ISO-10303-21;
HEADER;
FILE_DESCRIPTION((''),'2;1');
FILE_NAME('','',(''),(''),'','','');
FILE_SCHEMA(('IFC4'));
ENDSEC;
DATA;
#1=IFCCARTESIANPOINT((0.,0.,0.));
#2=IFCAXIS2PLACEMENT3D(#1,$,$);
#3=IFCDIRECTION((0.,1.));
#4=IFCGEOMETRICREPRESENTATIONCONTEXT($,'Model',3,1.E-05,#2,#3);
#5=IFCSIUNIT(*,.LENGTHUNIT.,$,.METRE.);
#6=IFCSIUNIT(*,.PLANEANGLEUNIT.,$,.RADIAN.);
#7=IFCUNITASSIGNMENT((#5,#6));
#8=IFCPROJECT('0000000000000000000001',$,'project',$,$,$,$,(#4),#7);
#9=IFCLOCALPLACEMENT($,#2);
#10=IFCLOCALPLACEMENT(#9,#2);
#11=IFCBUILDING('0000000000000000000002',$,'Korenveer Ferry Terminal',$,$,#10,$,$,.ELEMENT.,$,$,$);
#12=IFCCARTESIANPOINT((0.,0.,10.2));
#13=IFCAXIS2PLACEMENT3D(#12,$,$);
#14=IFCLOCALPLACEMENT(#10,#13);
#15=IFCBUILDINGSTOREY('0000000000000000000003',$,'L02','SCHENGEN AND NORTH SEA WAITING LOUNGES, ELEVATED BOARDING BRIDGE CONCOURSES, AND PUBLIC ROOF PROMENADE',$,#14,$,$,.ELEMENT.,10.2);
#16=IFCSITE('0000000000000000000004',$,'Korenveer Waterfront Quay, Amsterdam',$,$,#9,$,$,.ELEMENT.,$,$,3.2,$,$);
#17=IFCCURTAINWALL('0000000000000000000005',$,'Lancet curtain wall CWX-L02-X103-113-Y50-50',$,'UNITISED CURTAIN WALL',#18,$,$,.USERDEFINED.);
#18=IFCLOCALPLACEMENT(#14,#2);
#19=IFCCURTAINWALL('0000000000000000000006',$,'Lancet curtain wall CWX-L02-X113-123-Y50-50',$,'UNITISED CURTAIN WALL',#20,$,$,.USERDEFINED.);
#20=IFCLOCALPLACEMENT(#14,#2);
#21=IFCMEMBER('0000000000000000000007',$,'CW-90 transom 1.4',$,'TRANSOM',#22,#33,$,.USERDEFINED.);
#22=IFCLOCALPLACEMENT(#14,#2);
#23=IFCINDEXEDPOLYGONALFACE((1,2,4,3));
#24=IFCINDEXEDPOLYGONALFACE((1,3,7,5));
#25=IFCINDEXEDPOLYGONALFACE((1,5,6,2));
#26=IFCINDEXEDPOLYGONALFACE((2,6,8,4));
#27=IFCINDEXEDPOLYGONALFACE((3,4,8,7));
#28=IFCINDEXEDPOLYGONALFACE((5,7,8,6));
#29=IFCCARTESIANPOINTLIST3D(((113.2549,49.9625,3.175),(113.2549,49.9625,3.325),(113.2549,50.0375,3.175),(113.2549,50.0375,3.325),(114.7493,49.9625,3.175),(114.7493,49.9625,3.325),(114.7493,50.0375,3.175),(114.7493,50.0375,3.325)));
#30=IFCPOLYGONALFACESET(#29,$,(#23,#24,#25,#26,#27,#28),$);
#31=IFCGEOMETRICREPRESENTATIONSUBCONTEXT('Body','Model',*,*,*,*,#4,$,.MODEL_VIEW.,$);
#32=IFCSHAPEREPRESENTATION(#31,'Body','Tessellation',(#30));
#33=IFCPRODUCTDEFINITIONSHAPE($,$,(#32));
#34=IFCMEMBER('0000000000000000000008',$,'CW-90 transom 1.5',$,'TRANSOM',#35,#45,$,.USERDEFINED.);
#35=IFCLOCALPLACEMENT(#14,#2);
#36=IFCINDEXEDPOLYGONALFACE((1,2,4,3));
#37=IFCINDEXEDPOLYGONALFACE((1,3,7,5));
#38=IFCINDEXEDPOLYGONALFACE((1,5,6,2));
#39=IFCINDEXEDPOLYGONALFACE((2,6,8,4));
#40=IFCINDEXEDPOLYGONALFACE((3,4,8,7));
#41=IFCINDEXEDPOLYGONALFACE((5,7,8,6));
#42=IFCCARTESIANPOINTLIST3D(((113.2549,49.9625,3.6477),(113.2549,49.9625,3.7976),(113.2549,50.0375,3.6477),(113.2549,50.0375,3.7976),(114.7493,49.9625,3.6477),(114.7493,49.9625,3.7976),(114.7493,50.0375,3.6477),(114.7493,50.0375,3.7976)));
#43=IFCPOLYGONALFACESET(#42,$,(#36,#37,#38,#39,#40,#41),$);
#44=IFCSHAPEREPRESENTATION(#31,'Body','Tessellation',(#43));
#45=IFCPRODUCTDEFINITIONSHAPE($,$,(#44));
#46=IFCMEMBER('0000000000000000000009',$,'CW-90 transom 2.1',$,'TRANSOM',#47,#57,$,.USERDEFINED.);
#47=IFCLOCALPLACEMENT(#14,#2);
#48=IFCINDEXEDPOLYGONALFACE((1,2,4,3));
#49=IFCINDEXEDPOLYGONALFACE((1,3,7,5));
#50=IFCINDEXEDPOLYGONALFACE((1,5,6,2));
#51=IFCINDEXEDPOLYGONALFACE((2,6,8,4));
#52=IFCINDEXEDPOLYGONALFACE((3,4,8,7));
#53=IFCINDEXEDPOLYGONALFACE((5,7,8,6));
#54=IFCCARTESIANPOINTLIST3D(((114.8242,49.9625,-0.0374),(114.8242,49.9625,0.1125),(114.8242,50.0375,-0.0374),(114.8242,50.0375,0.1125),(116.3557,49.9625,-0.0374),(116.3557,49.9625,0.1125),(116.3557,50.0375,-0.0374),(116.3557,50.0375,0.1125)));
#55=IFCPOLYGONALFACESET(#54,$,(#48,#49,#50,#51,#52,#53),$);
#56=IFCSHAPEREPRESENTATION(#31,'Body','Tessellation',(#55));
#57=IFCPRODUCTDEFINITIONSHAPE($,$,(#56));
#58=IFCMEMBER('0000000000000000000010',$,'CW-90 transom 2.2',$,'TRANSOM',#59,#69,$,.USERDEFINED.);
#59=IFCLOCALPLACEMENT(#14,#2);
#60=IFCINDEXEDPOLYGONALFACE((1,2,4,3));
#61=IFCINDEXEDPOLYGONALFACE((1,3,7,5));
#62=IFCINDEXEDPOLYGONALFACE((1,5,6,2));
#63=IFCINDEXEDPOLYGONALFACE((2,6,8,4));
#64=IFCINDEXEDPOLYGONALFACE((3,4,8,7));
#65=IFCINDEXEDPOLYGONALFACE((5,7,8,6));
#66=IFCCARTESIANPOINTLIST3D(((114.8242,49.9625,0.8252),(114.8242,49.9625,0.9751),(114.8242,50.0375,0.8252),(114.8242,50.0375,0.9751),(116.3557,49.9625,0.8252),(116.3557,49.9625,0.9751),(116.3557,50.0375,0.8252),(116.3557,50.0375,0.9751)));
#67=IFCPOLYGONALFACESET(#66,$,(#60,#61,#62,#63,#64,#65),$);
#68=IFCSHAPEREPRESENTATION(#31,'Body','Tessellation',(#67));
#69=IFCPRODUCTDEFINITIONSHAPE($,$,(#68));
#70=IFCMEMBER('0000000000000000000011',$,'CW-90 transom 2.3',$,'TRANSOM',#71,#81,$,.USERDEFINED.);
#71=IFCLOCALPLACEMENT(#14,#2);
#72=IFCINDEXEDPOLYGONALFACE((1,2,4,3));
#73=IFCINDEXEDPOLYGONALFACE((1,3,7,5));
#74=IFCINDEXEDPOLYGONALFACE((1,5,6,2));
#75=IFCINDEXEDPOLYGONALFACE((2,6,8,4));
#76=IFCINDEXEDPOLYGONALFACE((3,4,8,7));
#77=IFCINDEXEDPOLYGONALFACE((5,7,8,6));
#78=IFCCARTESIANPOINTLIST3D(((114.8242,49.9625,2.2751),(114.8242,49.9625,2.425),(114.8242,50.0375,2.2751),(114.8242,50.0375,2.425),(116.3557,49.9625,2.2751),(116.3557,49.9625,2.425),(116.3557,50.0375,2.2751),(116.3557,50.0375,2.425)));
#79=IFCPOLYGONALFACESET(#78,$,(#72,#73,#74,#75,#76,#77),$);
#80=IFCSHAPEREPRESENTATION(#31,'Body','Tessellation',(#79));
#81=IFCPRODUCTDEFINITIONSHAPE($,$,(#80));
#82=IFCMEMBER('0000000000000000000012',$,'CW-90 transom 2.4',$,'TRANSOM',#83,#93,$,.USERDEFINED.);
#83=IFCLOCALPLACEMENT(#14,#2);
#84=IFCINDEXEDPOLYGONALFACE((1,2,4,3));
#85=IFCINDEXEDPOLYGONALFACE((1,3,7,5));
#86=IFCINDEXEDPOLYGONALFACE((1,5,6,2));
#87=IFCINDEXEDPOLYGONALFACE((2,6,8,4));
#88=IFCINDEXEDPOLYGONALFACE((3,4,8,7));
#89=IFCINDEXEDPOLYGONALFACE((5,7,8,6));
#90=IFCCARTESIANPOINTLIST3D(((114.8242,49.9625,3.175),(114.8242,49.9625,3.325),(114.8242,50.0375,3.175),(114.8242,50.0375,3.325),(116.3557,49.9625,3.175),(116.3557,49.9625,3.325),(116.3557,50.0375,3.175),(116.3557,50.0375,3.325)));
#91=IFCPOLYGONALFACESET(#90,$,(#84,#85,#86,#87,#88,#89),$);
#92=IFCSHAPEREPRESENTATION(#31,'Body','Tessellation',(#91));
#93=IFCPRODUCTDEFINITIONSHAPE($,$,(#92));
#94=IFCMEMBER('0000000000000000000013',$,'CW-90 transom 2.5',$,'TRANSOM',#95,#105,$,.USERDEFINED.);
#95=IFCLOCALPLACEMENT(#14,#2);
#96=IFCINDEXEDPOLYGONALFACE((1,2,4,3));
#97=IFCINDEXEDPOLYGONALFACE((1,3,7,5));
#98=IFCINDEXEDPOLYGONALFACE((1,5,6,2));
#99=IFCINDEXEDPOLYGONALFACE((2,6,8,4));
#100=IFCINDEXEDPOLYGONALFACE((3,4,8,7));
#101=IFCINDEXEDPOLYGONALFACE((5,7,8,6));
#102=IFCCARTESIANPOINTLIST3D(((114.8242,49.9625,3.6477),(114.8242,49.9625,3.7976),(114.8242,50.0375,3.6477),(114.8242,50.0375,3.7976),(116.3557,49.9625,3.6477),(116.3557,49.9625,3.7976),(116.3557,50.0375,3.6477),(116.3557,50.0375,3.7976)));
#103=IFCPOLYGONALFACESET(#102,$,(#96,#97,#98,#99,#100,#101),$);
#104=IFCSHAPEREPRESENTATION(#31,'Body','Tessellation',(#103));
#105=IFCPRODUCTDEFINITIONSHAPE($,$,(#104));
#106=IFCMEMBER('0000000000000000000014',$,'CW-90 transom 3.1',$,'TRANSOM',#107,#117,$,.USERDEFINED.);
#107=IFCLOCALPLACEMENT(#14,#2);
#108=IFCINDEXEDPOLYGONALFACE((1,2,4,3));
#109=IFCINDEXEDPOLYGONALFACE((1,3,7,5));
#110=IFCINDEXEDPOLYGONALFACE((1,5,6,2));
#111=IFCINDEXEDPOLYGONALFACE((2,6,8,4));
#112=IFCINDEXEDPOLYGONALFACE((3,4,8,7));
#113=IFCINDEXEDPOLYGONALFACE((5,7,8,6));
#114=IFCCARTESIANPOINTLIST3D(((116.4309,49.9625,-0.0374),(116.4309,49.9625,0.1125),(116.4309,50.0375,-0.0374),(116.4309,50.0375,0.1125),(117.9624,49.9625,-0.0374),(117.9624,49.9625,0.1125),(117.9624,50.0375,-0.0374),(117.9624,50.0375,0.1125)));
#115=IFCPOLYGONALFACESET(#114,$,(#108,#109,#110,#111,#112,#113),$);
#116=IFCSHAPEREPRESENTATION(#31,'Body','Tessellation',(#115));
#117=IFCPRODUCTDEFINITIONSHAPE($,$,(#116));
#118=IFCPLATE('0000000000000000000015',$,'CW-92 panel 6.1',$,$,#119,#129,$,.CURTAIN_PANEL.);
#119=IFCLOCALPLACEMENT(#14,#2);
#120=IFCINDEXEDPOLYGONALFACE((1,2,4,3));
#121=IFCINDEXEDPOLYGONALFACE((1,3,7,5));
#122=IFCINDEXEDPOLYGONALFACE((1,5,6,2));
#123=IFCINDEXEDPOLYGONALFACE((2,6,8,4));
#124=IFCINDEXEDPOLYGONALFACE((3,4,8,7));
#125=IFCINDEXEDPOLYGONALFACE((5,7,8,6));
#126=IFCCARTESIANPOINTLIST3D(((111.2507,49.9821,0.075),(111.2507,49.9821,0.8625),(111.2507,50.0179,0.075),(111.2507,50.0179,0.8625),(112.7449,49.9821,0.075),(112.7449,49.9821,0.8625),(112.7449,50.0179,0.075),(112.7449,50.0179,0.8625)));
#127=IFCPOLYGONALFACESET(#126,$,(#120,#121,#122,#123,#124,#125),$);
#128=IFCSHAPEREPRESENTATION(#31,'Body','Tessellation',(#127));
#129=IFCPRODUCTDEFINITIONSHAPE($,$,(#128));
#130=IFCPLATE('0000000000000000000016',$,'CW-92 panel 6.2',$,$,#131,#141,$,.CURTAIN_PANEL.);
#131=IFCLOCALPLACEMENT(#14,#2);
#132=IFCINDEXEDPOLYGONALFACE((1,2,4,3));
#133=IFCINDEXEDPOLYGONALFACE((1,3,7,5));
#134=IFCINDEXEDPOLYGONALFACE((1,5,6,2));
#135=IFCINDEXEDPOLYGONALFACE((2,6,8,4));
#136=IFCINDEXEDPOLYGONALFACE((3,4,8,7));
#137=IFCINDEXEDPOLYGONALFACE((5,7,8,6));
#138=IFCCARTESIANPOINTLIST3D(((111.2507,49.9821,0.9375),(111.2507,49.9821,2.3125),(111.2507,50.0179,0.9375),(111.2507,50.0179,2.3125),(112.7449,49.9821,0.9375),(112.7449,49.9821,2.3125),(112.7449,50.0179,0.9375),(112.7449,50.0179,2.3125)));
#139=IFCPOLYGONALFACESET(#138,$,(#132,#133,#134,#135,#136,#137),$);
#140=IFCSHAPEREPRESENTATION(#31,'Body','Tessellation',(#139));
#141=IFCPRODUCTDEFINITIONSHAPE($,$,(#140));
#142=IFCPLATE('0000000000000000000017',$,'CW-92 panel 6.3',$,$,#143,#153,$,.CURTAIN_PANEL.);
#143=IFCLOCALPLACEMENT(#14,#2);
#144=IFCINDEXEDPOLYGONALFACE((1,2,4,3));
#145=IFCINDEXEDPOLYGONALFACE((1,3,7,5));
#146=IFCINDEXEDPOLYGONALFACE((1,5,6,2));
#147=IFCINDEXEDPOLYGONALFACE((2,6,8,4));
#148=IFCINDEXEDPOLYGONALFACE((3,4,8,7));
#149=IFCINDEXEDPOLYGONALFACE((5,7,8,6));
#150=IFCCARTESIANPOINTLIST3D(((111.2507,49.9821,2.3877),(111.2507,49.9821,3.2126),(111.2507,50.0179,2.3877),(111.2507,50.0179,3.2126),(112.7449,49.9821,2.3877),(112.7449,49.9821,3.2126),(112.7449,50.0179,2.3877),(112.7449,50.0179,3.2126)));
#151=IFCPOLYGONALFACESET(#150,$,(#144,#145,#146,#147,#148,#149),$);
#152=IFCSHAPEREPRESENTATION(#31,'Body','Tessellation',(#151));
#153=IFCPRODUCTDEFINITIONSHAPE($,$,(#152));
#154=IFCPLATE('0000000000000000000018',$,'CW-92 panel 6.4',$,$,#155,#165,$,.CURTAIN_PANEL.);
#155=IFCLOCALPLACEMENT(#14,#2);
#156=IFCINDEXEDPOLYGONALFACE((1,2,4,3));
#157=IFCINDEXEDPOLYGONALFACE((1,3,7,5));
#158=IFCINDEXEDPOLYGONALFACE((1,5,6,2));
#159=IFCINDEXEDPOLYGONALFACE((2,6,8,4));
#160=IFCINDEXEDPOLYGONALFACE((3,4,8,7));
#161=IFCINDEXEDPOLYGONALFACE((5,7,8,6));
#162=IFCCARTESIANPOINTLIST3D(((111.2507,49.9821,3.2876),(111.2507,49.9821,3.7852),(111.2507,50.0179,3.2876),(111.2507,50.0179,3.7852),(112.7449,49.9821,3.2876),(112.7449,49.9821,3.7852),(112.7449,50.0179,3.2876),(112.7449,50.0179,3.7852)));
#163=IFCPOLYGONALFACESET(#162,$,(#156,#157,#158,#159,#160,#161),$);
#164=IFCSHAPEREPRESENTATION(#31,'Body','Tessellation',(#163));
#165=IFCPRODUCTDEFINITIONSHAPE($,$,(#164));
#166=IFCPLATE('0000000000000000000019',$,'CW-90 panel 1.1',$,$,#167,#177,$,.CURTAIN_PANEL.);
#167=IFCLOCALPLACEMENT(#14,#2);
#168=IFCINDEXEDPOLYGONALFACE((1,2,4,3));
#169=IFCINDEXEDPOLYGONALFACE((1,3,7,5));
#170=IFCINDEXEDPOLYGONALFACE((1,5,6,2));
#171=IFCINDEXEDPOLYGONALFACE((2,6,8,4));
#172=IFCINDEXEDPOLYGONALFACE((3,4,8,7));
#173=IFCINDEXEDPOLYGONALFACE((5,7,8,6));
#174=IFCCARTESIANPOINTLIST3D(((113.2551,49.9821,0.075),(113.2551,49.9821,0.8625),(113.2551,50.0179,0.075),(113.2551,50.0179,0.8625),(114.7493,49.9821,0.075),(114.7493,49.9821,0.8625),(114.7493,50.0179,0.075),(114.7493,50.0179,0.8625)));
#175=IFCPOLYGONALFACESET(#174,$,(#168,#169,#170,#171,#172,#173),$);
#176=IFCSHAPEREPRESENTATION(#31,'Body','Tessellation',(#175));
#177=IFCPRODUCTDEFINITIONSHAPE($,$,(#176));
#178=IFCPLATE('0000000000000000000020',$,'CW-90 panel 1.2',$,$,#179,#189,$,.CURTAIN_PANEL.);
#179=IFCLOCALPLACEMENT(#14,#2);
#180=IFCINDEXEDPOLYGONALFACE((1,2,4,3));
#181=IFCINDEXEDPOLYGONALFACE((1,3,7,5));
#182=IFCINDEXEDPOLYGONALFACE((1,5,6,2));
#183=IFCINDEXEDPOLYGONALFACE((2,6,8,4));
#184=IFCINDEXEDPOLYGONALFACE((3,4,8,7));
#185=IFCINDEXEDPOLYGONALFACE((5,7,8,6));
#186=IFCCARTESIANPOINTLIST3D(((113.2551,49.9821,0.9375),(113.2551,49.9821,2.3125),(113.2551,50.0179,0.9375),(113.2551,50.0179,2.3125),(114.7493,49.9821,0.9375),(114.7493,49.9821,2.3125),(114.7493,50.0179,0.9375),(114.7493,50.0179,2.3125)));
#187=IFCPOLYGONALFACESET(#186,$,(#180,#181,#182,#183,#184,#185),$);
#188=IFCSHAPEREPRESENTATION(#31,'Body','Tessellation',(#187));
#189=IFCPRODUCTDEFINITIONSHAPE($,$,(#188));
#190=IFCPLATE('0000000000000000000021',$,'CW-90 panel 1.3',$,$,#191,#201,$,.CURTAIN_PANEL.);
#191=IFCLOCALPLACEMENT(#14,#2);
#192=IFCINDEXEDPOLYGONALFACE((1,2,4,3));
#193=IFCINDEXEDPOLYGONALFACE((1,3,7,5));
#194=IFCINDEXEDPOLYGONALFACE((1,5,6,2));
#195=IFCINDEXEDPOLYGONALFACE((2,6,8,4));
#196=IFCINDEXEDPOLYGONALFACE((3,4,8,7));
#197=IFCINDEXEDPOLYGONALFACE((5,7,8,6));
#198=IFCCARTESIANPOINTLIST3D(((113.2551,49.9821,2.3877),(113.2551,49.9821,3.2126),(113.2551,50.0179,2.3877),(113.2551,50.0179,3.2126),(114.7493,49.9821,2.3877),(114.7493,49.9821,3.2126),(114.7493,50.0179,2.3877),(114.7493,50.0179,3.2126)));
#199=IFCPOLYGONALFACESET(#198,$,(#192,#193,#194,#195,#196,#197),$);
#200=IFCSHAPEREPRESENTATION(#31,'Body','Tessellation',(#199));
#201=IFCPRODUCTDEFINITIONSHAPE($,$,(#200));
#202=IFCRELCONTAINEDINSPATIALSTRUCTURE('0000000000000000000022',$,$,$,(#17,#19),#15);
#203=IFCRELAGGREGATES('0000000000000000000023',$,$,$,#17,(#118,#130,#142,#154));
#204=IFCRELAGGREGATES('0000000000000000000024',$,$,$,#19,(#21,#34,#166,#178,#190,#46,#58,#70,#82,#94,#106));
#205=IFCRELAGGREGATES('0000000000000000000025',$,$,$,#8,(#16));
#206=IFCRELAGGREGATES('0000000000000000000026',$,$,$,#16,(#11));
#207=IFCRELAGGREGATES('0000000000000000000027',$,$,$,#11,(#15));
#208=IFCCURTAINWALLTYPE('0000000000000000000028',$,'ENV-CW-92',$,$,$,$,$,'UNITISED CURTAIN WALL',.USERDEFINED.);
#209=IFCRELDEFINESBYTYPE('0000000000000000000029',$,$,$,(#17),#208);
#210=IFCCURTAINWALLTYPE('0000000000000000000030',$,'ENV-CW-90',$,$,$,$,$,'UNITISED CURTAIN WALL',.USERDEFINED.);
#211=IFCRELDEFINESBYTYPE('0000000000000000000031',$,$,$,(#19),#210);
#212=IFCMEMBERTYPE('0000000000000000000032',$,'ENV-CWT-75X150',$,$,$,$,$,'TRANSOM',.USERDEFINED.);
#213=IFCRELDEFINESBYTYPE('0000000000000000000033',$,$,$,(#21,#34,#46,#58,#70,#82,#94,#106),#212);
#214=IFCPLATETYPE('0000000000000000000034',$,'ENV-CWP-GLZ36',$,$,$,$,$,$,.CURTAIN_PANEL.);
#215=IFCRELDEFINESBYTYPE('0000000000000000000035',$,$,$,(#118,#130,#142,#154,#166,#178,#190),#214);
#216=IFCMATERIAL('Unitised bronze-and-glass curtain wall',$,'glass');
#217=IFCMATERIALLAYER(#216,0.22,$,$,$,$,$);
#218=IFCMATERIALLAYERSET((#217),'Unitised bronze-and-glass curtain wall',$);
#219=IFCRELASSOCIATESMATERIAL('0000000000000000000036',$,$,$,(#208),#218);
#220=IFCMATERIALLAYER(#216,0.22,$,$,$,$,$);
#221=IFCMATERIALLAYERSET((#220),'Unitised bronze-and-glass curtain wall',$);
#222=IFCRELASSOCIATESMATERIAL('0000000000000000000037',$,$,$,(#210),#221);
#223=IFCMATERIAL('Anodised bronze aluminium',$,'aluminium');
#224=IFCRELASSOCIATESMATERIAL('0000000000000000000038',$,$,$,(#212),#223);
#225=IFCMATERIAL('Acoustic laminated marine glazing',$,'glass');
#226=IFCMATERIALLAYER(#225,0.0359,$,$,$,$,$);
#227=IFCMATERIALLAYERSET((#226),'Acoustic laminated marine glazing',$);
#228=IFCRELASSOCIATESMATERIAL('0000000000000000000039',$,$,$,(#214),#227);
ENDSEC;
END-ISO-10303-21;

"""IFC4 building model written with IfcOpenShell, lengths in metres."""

from ifc_helpers import new_model, si_unit, direction, frame, origin, origin_2d, place, context, subcontext, project, spatial, rectangle, extrude, material, layer, layer_set, material_profile, profile_set, type_object, element, aggregate, save


model = new_model("IFC4")

# Units and contexts
model_context = context("Model", 3, precision=1e-05, world=origin(), true_north=direction((0.0, 1.0)))
body_context = subcontext(model_context, "Body", "Model", "MODEL_VIEW")
ifc_project = project(units=[si_unit("LENGTHUNIT", "METRE"), si_unit("PLANEANGLEUNIT", "RADIAN")], contexts=[model_context])

# Site, building, storey
site_placement = place(None, origin())
site = spatial("IfcSite", under=ifc_project, at=site_placement, Name="Korenveer Waterfront Quay, Amsterdam", CompositionType="ELEMENT", RefElevation=3.2)
building_placement = place(site_placement, origin())
building = spatial("IfcBuilding", under=site, at=building_placement, Name="Korenveer Ferry Terminal", CompositionType="ELEMENT")
storey_placement = place(building_placement, frame((0.0, 0.0, 10.2)))
storey = spatial("IfcBuildingStorey", under=building, at=storey_placement, Name="L02", Description="SCHENGEN AND NORTH SEA WAITING LOUNGES, ELEVATED BOARDING BRIDGE CONCOURSES, AND PUBLIC ROOF PROMENADE", CompositionType="ELEMENT", Elevation=10.2)

# Curtain wall
ifc_material_1 = material(Name="Unitised bronze-and-glass curtain wall", Category="glass")
ifc_layer_1 = layer(ifc_material_1, 0.22)
ifc_layer_set_1 = layer_set([ifc_layer_1], Name="Unitised bronze-and-glass curtain wall")
curtain_wall_type_1 = type_object("IfcCurtainWallType", Name="ENV-CW-92", ElementType="UNITISED CURTAIN WALL", PredefinedType="USERDEFINED", material=ifc_layer_set_1)
curtain_wall_1_placement = place(storey_placement, frame((103.1799, 50.0, 0.0)))
curtain_wall_1 = element("IfcCurtainWall", 1, at=curtain_wall_1_placement, inside=storey, type_object=curtain_wall_type_1, Name="Lancet curtain wall CWX-L02-X103-113-Y50-50", ObjectType="UNITISED CURTAIN WALL", PredefinedType="USERDEFINED")
ifc_material_2 = material(Name="Anodised bronze aluminium", Category="aluminium")

# Curtain wall
ifc_layer_2 = layer(ifc_material_1, 0.22)
ifc_layer_set_2 = layer_set([ifc_layer_2], Name="Unitised bronze-and-glass curtain wall")
curtain_wall_type_2 = type_object("IfcCurtainWallType", Name="ENV-CW-90", ElementType="UNITISED CURTAIN WALL", PredefinedType="USERDEFINED", material=ifc_layer_set_2)
curtain_wall_2_placement = place(storey_placement, frame((113.1799, 50.0, 0.0)))
curtain_wall_2 = element("IfcCurtainWall", 2, at=curtain_wall_2_placement, inside=storey, type_object=curtain_wall_type_2, Name="Lancet curtain wall CWX-L02-X113-123-Y50-50", ObjectType="UNITISED CURTAIN WALL", PredefinedType="USERDEFINED")

# Members
ifc_material_profile_1 = material_profile(ifc_material_2, rectangle(XDim=0.075, YDim=0.1499, at=origin_2d()), Name="ALU 75x150")
ifc_profile_set_1 = profile_set([ifc_material_profile_1], Name="Anodised bronze aluminium")
member_type_1 = type_object("IfcMemberType", Name="ENV-CWT-75X150", ElementType="TRANSOM", PredefinedType="USERDEFINED", material=ifc_profile_set_1)
member_1_placement = place(storey_placement, frame((113.2549, 50.0, 3.25), z_axis=(1.0, 0.0, 0.0), x_axis=(0.0, 1.0, 0.0)))
member_1 = element("IfcMember", 3, at=member_1_placement, type_object=member_type_1, Name="CW-90 transom 1.4", ObjectType="TRANSOM", PredefinedType="USERDEFINED", context=body_context, shape_type="SweptSolid", body=[
    extrude(rectangle(XDim=0.075, YDim=0.1499, at=origin_2d()), origin(), (0.0, 0.0, 1.0), 1.4944),
])
member_2_placement = place(storey_placement, frame((113.2549, 50.0, 3.7227), z_axis=(1.0, 0.0, 0.0), x_axis=(0.0, 1.0, 0.0)))
member_2 = element("IfcMember", 4, at=member_2_placement, type_object=member_type_1, Name="CW-90 transom 1.5", ObjectType="TRANSOM", PredefinedType="USERDEFINED", context=body_context, shape_type="SweptSolid", body=[
    extrude(rectangle(XDim=0.075, YDim=0.1499, at=origin_2d()), origin(), (0.0, 0.0, 1.0), 1.4944),
])
member_3_placement = place(storey_placement, frame((114.8242, 50.0, 0.0376), z_axis=(1.0, 0.0, 0.0), x_axis=(0.0, 1.0, 0.0)))
member_3 = element("IfcMember", 5, at=member_3_placement, type_object=member_type_1, Name="CW-90 transom 2.1", ObjectType="TRANSOM", PredefinedType="USERDEFINED", context=body_context, shape_type="SweptSolid", body=[
    extrude(rectangle(XDim=0.075, YDim=0.1499, at=origin_2d()), origin(), (0.0, 0.0, 1.0), 1.5315),
])
member_4_placement = place(storey_placement, frame((114.8242, 50.0, 0.9001), z_axis=(1.0, 0.0, 0.0), x_axis=(0.0, 1.0, 0.0)))
member_4 = element("IfcMember", 6, at=member_4_placement, type_object=member_type_1, Name="CW-90 transom 2.2", ObjectType="TRANSOM", PredefinedType="USERDEFINED", context=body_context, shape_type="SweptSolid", body=[
    extrude(rectangle(XDim=0.075, YDim=0.1499, at=origin_2d()), origin(), (0.0, 0.0, 1.0), 1.5315),
])
member_5_placement = place(storey_placement, frame((114.8242, 50.0, 2.3501), z_axis=(1.0, 0.0, 0.0), x_axis=(0.0, 1.0, 0.0)))
member_5 = element("IfcMember", 7, at=member_5_placement, type_object=member_type_1, Name="CW-90 transom 2.3", ObjectType="TRANSOM", PredefinedType="USERDEFINED", context=body_context, shape_type="SweptSolid", body=[
    extrude(rectangle(XDim=0.075, YDim=0.1499, at=origin_2d()), origin(), (0.0, 0.0, 1.0), 1.5315),
])
member_6_placement = place(storey_placement, frame((114.8242, 50.0, 3.25), z_axis=(1.0, 0.0, 0.0), x_axis=(0.0, 1.0, 0.0)))
member_6 = element("IfcMember", 8, at=member_6_placement, type_object=member_type_1, Name="CW-90 transom 2.4", ObjectType="TRANSOM", PredefinedType="USERDEFINED", context=body_context, shape_type="SweptSolid", body=[
    extrude(rectangle(XDim=0.075, YDim=0.1499, at=origin_2d()), origin(), (0.0, 0.0, 1.0), 1.5315),
])
member_7_placement = place(storey_placement, frame((114.8242, 50.0, 3.7227), z_axis=(1.0, 0.0, 0.0), x_axis=(0.0, 1.0, 0.0)))
member_7 = element("IfcMember", 9, at=member_7_placement, type_object=member_type_1, Name="CW-90 transom 2.5", ObjectType="TRANSOM", PredefinedType="USERDEFINED", context=body_context, shape_type="SweptSolid", body=[
    extrude(rectangle(XDim=0.075, YDim=0.1499, at=origin_2d()), origin(), (0.0, 0.0, 1.0), 1.5315),
])
member_8_placement = place(storey_placement, frame((116.4309, 50.0, 0.0376), z_axis=(1.0, 0.0, 0.0), x_axis=(0.0, 1.0, 0.0)))
member_8 = element("IfcMember", 10, at=member_8_placement, type_object=member_type_1, Name="CW-90 transom 3.1", ObjectType="TRANSOM", PredefinedType="USERDEFINED", context=body_context, shape_type="SweptSolid", body=[
    extrude(rectangle(XDim=0.075, YDim=0.1499, at=origin_2d()), origin(), (0.0, 0.0, 1.0), 1.5315),
])

# Plates
ifc_material_3 = material(Name="Acoustic laminated marine glazing", Category="glass")
ifc_layer_3 = layer(ifc_material_3, 0.0359)
ifc_layer_set_3 = layer_set([ifc_layer_3], Name="Acoustic laminated marine glazing")
plate_type = type_object("IfcPlateType", Name="ENV-CWP-GLZ36", PredefinedType="CURTAIN_PANEL", material=ifc_layer_set_3)
plate_1_placement = place(storey_placement, frame((111.9978, 50.0, 0.075), z_axis=(0.0, 0.0, 1.0), x_axis=(1.0, 0.0, 0.0)))
plate_1 = element("IfcPlate", 11, at=plate_1_placement, type_object=plate_type, Name="CW-92 panel 6.1", PredefinedType="CURTAIN_PANEL", context=body_context, shape_type="SweptSolid", body=[
    extrude(rectangle(XDim=1.4941, YDim=0.0359, at=origin_2d()), origin(), (0.0, 0.0, 1.0), 0.7876),
])
plate_2_placement = place(storey_placement, frame((111.9978, 50.0, 0.9375), z_axis=(0.0, 0.0, 1.0), x_axis=(1.0, 0.0, 0.0)))
plate_2 = element("IfcPlate", 12, at=plate_2_placement, type_object=plate_type, Name="CW-92 panel 6.2", PredefinedType="CURTAIN_PANEL", context=body_context, shape_type="SweptSolid", body=[
    extrude(rectangle(XDim=1.4941, YDim=0.0359, at=origin_2d()), origin(), (0.0, 0.0, 1.0), 1.375),
])
plate_3_placement = place(storey_placement, frame((111.9978, 50.0, 2.3877), z_axis=(0.0, 0.0, 1.0), x_axis=(1.0, 0.0, 0.0)))
plate_3 = element("IfcPlate", 13, at=plate_3_placement, type_object=plate_type, Name="CW-92 panel 6.3", PredefinedType="CURTAIN_PANEL", context=body_context, shape_type="SweptSolid", body=[
    extrude(rectangle(XDim=1.4941, YDim=0.0359, at=origin_2d()), origin(), (0.0, 0.0, 1.0), 0.825),
])
plate_4_placement = place(storey_placement, frame((111.9978, 50.0, 3.2876), z_axis=(0.0, 0.0, 1.0), x_axis=(1.0, 0.0, 0.0)))
plate_4 = element("IfcPlate", 14, at=plate_4_placement, type_object=plate_type, Name="CW-92 panel 6.4", PredefinedType="CURTAIN_PANEL", context=body_context, shape_type="SweptSolid", body=[
    extrude(rectangle(XDim=1.4941, YDim=0.0359, at=origin_2d()), origin(), (0.0, 0.0, 1.0), 0.4976),
])
aggregate(curtain_wall_1, [plate_1, plate_2, plate_3, plate_4])
plate_5_placement = place(storey_placement, frame((114.0022, 50.0, 0.075), z_axis=(0.0, 0.0, 1.0), x_axis=(1.0, 0.0, 0.0)))
plate_5 = element("IfcPlate", 15, at=plate_5_placement, type_object=plate_type, Name="CW-90 panel 1.1", PredefinedType="CURTAIN_PANEL", context=body_context, shape_type="SweptSolid", body=[
    extrude(rectangle(XDim=1.4941, YDim=0.0359, at=origin_2d()), origin(), (0.0, 0.0, 1.0), 0.7876),
])
plate_6_placement = place(storey_placement, frame((114.0022, 50.0, 0.9375), z_axis=(0.0, 0.0, 1.0), x_axis=(1.0, 0.0, 0.0)))
plate_6 = element("IfcPlate", 16, at=plate_6_placement, type_object=plate_type, Name="CW-90 panel 1.2", PredefinedType="CURTAIN_PANEL", context=body_context, shape_type="SweptSolid", body=[
    extrude(rectangle(XDim=1.4941, YDim=0.0359, at=origin_2d()), origin(), (0.0, 0.0, 1.0), 1.375),
])
plate_7_placement = place(storey_placement, frame((114.0022, 50.0, 2.3877), z_axis=(0.0, 0.0, 1.0), x_axis=(1.0, 0.0, 0.0)))
plate_7 = element("IfcPlate", 17, at=plate_7_placement, type_object=plate_type, Name="CW-90 panel 1.3", PredefinedType="CURTAIN_PANEL", context=body_context, shape_type="SweptSolid", body=[
    extrude(rectangle(XDim=1.4941, YDim=0.0359, at=origin_2d()), origin(), (0.0, 0.0, 1.0), 0.825),
])
aggregate(curtain_wall_2, [member_1, member_2, plate_5, plate_6, plate_7, member_3, member_4, member_5, member_6, member_7, member_8])

save(model, "model.ifc")
